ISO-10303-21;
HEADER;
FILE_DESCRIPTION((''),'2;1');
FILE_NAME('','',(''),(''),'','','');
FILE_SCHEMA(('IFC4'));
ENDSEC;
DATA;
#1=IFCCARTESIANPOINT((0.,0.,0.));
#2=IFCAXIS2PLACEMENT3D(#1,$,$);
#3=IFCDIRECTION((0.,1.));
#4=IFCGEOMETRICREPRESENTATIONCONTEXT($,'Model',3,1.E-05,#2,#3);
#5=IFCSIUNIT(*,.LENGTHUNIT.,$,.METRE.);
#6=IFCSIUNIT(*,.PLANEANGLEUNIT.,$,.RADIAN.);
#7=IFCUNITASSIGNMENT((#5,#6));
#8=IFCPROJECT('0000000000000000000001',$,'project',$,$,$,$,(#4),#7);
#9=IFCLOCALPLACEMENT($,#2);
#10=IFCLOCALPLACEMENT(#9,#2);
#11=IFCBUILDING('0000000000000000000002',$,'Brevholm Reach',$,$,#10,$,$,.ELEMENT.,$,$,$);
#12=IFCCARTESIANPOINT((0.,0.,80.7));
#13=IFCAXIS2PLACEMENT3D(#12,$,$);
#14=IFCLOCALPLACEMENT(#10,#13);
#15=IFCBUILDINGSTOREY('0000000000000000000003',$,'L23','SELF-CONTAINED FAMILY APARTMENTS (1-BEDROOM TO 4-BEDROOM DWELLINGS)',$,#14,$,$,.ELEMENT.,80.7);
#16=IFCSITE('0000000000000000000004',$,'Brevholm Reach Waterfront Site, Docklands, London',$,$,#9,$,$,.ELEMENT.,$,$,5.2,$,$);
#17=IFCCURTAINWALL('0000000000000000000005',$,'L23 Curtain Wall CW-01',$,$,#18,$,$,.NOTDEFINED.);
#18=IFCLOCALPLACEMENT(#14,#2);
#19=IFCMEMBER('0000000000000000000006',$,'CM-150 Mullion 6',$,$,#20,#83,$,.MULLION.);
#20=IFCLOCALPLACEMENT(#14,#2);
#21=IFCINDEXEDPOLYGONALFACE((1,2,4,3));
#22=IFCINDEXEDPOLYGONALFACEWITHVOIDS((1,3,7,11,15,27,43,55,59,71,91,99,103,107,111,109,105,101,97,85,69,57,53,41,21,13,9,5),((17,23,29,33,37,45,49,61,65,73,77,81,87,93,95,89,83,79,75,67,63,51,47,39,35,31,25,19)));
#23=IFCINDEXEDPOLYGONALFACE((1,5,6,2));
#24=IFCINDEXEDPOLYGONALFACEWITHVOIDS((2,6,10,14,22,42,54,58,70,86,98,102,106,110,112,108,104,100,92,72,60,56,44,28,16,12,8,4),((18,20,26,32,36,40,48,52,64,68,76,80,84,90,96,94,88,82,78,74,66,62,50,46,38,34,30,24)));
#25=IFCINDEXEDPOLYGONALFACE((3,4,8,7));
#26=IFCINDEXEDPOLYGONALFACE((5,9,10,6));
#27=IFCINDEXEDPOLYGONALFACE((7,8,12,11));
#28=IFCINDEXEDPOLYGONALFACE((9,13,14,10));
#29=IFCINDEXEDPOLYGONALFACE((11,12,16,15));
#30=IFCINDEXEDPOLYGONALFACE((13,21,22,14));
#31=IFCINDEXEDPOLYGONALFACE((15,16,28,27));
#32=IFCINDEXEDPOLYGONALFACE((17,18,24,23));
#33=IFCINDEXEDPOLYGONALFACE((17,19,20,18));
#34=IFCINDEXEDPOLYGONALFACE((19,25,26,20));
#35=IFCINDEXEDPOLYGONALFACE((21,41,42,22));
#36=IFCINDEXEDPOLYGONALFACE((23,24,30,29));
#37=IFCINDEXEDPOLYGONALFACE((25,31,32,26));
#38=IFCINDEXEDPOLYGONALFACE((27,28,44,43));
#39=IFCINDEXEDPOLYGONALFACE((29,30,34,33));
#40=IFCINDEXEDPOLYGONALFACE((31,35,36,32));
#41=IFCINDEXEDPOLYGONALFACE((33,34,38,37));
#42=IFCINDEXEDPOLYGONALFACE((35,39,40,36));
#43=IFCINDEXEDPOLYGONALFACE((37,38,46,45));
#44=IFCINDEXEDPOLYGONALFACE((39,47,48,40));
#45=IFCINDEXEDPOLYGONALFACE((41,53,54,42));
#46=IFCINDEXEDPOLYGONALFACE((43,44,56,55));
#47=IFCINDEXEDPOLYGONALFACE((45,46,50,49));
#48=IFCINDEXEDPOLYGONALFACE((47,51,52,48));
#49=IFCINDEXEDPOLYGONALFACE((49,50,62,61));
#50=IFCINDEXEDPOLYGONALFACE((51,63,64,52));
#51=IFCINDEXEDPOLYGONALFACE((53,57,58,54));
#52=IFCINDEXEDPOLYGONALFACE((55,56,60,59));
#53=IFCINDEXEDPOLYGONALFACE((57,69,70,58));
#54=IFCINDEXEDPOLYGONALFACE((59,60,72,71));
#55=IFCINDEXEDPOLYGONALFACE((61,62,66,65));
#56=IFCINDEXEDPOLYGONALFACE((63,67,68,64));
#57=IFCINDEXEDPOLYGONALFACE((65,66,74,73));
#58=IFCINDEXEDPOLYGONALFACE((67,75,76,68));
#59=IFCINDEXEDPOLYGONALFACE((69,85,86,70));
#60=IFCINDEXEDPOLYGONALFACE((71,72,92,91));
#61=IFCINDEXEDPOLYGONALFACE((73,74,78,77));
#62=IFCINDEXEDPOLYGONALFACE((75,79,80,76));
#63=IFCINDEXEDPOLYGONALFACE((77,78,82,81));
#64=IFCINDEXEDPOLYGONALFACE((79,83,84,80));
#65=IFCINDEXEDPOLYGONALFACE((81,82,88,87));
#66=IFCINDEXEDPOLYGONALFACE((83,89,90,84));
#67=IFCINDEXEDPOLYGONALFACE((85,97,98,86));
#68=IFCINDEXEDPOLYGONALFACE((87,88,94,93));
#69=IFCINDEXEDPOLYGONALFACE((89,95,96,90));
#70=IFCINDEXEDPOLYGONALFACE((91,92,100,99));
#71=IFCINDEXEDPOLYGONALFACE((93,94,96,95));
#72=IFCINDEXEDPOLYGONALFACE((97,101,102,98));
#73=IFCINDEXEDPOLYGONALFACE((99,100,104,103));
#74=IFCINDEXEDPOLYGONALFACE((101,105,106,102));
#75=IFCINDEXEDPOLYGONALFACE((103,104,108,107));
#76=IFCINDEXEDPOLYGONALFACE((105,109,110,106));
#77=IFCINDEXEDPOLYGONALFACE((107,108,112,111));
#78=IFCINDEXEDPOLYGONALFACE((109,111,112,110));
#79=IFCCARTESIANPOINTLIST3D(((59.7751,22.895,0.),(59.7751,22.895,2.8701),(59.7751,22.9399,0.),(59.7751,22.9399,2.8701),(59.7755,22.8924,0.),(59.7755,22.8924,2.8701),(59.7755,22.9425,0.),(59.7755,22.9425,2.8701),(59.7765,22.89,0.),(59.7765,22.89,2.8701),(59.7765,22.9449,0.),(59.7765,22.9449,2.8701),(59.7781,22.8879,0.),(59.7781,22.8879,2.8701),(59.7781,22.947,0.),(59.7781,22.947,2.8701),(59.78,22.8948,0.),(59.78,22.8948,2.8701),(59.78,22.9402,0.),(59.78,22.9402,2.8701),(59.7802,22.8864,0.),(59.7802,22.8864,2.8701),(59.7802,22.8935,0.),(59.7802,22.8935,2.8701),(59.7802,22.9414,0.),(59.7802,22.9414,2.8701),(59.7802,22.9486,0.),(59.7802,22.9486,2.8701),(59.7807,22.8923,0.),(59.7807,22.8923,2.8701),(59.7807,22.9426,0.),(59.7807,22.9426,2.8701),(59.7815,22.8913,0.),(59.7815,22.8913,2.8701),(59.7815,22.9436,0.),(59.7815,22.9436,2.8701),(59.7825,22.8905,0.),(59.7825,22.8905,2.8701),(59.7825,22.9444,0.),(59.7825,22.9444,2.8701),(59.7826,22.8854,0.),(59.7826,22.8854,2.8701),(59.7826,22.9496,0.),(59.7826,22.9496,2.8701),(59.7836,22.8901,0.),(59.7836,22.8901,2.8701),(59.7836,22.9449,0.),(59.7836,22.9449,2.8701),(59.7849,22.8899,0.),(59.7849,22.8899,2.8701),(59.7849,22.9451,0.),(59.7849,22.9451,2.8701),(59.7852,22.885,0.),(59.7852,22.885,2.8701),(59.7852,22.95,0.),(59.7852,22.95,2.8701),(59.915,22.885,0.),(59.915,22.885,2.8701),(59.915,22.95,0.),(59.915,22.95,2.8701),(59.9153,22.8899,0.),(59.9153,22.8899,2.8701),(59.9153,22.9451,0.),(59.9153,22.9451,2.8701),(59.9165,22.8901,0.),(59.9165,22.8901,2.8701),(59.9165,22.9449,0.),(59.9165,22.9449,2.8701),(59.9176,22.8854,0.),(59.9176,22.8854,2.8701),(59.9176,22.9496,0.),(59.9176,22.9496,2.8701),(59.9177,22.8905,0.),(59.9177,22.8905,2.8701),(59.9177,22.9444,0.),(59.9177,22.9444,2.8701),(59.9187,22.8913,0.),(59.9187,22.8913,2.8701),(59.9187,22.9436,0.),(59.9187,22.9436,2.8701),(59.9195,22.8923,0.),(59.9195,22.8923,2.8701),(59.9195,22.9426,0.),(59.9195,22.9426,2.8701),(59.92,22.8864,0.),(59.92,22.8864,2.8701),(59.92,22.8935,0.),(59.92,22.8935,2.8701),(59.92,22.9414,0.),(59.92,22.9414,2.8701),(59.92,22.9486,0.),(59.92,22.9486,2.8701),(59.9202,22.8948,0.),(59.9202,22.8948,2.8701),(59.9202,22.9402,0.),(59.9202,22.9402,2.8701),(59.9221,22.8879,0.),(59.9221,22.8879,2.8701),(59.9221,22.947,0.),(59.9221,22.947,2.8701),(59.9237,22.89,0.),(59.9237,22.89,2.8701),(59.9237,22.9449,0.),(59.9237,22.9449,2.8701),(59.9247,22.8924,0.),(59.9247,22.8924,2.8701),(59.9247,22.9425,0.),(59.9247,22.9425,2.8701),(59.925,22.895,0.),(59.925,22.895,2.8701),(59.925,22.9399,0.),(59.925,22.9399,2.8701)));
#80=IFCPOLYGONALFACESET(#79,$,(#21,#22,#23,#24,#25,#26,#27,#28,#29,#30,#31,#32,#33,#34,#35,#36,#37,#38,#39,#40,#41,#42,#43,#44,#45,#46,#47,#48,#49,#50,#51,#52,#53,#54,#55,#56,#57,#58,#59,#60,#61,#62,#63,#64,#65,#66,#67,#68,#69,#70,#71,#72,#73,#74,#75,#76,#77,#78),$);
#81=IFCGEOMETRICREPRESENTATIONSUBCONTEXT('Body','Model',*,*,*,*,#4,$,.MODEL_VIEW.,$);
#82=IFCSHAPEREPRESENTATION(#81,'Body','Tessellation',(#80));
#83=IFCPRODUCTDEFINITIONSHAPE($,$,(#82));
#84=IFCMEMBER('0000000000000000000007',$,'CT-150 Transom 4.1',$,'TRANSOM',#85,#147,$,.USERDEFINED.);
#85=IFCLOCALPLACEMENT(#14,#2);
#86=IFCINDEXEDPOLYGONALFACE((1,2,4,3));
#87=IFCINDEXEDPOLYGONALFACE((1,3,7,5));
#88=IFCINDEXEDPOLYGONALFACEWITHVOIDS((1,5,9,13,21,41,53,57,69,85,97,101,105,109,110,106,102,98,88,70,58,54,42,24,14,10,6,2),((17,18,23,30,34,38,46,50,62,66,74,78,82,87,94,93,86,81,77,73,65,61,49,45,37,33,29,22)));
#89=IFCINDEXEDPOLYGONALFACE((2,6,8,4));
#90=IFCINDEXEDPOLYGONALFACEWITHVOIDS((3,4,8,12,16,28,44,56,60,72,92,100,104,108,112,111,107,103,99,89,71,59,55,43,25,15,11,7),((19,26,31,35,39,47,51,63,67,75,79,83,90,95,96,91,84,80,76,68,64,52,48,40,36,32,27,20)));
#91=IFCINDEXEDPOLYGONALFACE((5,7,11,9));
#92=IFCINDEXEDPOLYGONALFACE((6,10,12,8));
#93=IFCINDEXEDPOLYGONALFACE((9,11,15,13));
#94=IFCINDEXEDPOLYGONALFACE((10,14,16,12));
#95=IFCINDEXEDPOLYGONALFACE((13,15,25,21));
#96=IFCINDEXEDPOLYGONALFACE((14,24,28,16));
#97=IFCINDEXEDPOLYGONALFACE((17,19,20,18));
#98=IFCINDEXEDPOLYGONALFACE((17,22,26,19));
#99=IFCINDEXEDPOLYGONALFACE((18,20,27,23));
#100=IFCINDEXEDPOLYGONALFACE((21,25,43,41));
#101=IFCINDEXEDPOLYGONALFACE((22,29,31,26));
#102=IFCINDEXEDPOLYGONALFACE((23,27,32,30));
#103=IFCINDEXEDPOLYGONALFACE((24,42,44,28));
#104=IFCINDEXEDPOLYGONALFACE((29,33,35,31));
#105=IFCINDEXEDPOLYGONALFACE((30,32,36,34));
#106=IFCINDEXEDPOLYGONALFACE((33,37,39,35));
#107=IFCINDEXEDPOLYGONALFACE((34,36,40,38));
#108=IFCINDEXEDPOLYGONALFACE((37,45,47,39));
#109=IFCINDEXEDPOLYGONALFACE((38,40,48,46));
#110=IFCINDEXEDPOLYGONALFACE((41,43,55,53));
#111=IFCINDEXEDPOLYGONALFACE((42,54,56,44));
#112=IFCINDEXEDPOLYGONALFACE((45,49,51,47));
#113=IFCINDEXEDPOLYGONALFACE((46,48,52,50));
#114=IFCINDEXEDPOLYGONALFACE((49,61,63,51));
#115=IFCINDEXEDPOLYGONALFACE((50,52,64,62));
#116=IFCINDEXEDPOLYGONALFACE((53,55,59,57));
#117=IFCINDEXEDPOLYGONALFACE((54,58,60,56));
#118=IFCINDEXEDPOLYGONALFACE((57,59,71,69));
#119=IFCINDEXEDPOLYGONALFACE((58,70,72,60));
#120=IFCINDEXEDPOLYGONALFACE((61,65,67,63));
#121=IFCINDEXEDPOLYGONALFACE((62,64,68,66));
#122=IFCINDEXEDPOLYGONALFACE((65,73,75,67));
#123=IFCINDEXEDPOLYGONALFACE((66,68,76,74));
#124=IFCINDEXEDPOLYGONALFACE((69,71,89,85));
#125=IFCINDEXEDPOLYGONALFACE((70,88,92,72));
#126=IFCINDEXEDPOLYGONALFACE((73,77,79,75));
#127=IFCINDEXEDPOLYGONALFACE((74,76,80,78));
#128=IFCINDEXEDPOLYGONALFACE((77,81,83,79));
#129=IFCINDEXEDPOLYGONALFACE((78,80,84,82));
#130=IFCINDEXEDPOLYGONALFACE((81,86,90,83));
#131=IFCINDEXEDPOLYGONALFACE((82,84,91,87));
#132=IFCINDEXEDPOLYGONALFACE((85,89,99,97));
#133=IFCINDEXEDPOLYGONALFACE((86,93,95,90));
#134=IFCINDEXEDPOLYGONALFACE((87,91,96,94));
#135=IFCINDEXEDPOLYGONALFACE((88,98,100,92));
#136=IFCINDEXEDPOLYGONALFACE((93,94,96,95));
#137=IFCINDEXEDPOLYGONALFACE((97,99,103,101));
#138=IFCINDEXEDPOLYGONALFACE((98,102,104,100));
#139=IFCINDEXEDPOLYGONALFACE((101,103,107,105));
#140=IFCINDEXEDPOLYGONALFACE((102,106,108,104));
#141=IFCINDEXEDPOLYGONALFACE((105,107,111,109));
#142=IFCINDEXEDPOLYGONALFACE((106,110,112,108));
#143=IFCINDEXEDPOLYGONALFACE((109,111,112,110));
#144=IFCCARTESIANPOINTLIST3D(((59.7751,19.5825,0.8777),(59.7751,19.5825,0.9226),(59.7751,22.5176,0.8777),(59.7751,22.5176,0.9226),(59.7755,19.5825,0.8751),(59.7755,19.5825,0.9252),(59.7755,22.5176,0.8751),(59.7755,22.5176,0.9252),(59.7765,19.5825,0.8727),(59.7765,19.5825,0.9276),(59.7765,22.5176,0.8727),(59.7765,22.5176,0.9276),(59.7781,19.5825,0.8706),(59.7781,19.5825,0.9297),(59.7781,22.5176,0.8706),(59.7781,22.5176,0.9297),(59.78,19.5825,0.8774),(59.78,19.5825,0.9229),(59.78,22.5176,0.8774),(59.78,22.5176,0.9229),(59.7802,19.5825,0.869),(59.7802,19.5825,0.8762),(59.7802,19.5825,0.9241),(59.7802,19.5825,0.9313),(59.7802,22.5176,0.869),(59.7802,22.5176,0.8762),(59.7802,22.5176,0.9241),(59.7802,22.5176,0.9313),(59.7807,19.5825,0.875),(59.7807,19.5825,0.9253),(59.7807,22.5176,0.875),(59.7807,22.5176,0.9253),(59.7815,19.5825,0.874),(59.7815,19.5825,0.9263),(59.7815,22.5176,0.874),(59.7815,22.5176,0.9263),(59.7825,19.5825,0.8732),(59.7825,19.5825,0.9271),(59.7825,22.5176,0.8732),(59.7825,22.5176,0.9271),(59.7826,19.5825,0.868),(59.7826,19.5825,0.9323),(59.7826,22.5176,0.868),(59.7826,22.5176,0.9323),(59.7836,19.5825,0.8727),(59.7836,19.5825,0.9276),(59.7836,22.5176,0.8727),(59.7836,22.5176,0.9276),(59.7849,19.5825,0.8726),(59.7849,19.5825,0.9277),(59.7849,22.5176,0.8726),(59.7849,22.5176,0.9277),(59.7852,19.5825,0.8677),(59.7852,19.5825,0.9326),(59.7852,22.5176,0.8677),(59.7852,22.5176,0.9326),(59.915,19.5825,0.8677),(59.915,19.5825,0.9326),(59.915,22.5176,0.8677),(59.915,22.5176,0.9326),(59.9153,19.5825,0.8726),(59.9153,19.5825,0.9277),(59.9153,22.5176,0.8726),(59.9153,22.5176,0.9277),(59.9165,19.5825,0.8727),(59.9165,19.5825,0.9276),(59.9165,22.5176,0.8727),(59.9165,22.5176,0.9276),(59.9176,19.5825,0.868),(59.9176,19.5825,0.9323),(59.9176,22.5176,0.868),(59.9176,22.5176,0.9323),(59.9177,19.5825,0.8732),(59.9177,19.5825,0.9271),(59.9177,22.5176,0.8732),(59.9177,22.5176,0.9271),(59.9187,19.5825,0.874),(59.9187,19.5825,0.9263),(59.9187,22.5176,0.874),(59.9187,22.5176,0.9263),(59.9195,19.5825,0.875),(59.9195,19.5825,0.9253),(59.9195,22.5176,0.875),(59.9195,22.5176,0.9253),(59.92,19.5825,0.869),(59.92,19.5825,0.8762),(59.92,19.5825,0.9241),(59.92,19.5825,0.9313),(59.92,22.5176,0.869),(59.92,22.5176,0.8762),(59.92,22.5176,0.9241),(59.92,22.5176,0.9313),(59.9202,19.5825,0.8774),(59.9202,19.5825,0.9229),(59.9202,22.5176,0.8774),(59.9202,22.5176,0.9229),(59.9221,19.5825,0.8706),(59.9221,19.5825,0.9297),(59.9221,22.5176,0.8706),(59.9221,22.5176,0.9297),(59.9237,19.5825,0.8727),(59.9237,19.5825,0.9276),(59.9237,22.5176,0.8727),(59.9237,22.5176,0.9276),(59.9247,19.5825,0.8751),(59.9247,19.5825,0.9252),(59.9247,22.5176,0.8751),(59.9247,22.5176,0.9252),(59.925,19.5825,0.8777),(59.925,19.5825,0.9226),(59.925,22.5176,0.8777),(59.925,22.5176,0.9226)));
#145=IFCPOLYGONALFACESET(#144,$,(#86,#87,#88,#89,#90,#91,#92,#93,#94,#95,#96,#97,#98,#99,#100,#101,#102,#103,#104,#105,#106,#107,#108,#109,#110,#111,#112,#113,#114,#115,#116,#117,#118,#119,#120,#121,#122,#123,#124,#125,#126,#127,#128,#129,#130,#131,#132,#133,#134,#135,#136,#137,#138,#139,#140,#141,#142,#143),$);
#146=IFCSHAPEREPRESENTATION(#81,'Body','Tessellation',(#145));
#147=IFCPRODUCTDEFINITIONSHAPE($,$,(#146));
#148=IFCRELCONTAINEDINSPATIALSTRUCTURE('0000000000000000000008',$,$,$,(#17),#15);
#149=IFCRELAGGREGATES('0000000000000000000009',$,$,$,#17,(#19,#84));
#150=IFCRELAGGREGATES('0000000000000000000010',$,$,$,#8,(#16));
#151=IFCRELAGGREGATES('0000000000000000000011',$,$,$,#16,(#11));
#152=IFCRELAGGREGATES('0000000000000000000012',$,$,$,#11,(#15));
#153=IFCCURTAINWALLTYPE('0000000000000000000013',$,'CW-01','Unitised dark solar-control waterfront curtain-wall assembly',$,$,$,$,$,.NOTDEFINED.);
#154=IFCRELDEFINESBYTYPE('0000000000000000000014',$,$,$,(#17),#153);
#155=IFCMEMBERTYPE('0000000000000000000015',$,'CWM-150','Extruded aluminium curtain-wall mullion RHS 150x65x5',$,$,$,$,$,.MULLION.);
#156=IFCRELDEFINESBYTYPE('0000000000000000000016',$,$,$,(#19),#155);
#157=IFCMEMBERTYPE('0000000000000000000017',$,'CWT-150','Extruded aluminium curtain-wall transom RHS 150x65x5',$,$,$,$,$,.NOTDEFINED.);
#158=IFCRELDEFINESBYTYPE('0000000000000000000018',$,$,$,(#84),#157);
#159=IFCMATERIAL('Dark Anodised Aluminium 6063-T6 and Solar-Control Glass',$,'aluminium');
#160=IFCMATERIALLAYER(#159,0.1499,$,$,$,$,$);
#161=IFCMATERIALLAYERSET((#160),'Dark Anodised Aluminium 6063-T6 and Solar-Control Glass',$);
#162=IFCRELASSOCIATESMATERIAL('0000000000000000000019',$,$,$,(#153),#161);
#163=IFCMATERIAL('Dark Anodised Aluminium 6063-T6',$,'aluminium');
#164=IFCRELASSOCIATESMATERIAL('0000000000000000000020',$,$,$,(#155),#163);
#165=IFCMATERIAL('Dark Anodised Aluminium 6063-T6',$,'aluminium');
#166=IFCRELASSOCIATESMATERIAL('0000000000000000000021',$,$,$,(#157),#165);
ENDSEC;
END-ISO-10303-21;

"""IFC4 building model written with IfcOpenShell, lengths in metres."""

from ifc_helpers import new_model, si_unit, direction, frame, origin, origin_2d, place, context, subcontext, project, spatial, hollow_rectangle, extrude, material, layer, layer_set, material_profile, profile_set, type_object, element, aggregate, save


model = new_model("IFC4")

# Units and contexts
model_context = context("Model", 3, precision=1e-05, world=origin(), true_north=direction((0.0, 1.0)))
body_context = subcontext(model_context, "Body", "Model", "MODEL_VIEW")
ifc_project = project(units=[si_unit("LENGTHUNIT", "METRE"), si_unit("PLANEANGLEUNIT", "RADIAN")], contexts=[model_context])

# Site, building, storey
site_placement = place(None, origin())
site = spatial("IfcSite", under=ifc_project, at=site_placement, Name="Brevholm Reach Waterfront Site, Docklands, London", CompositionType="ELEMENT", RefElevation=5.2)
building_placement = place(site_placement, origin())
building = spatial("IfcBuilding", under=site, at=building_placement, Name="Brevholm Reach", CompositionType="ELEMENT")
storey_placement = place(building_placement, frame((0.0, 0.0, 80.7)))
storey = spatial("IfcBuildingStorey", under=building, at=storey_placement, Name="L23", Description="SELF-CONTAINED FAMILY APARTMENTS (1-BEDROOM TO 4-BEDROOM DWELLINGS)", CompositionType="ELEMENT", Elevation=80.7)

# Curtain wall, members
ifc_material_1 = material(Name="Dark Anodised Aluminium 6063-T6 and Solar-Control Glass", Category="aluminium")
ifc_layer_1 = layer(ifc_material_1, 0.1499)
ifc_layer_set_1 = layer_set([ifc_layer_1], Name="Dark Anodised Aluminium 6063-T6 and Solar-Control Glass")
curtain_wall_type = type_object("IfcCurtainWallType", Name="CW-01", Description="Unitised dark solar-control waterfront curtain-wall assembly", PredefinedType="NOTDEFINED", material=ifc_layer_set_1)
curtain_wall_placement = place(storey_placement, origin())
curtain_wall = element("IfcCurtainWall", 1, at=curtain_wall_placement, inside=storey, type_object=curtain_wall_type, Name="L23 Curtain Wall CW-01", PredefinedType="NOTDEFINED")
ifc_material_2 = material(Name="Dark Anodised Aluminium 6063-T6", Category="aluminium")
ifc_material_profile_1 = material_profile(ifc_material_2, hollow_rectangle(XDim=0.0649, YDim=0.1499, WallThickness=0.0049, InnerFilletRadius=0.0049, OuterFilletRadius=0.01, at=origin_2d()), Name="RHS 150x65x5")
ifc_profile_set_1 = profile_set([ifc_material_profile_1], Name="Dark Anodised Aluminium 6063-T6")
member_type_1 = type_object("IfcMemberType", Name="CWM-150", Description="Extruded aluminium curtain-wall mullion RHS 150x65x5", PredefinedType="MULLION", material=ifc_profile_set_1)
member_1_placement = place(storey_placement, frame((59.8501, 22.9175, 0.0), z_axis=(0.0, 0.0, 1.0), x_axis=(0.0, 1.0, 0.0)))
member_1 = element("IfcMember", 2, at=member_1_placement, type_object=member_type_1, Name="CM-150 Mullion 6", PredefinedType="MULLION", context=body_context, shape_type="SweptSolid", body=[
    extrude(hollow_rectangle(XDim=0.0649, YDim=0.1499, WallThickness=0.0049, InnerFilletRadius=0.0049, OuterFilletRadius=0.01, at=origin_2d()), origin(), (0.0, 0.0, 1.0), 2.8701),
])
ifc_material_3 = material(Name="Dark Anodised Aluminium 6063-T6", Category="aluminium")
ifc_material_profile_2 = material_profile(ifc_material_3, hollow_rectangle(XDim=0.0649, YDim=0.1499, WallThickness=0.0049, InnerFilletRadius=0.0049, OuterFilletRadius=0.01, at=origin_2d()), Name="RHS 150x65x5")
ifc_profile_set_2 = profile_set([ifc_material_profile_2], Name="Dark Anodised Aluminium 6063-T6")
member_type_2 = type_object("IfcMemberType", Name="CWT-150", Description="Extruded aluminium curtain-wall transom RHS 150x65x5", PredefinedType="NOTDEFINED", material=ifc_profile_set_2)
member_2_placement = place(storey_placement, frame((59.8501, 19.5825, 0.9001), z_axis=(0.0, 1.0, 0.0), x_axis=(0.0, 0.0, 1.0)))
member_2 = element("IfcMember", 3, at=member_2_placement, type_object=member_type_2, Name="CT-150 Transom 4.1", ObjectType="TRANSOM", PredefinedType="USERDEFINED", context=body_context, shape_type="SweptSolid", body=[
    extrude(hollow_rectangle(XDim=0.0649, YDim=0.1499, WallThickness=0.0049, InnerFilletRadius=0.0049, OuterFilletRadius=0.01, at=origin_2d()), origin(), (0.0, 0.0, 1.0), 2.9351),
])
aggregate(curtain_wall, [member_1, member_2])

save(model, "model.ifc")
